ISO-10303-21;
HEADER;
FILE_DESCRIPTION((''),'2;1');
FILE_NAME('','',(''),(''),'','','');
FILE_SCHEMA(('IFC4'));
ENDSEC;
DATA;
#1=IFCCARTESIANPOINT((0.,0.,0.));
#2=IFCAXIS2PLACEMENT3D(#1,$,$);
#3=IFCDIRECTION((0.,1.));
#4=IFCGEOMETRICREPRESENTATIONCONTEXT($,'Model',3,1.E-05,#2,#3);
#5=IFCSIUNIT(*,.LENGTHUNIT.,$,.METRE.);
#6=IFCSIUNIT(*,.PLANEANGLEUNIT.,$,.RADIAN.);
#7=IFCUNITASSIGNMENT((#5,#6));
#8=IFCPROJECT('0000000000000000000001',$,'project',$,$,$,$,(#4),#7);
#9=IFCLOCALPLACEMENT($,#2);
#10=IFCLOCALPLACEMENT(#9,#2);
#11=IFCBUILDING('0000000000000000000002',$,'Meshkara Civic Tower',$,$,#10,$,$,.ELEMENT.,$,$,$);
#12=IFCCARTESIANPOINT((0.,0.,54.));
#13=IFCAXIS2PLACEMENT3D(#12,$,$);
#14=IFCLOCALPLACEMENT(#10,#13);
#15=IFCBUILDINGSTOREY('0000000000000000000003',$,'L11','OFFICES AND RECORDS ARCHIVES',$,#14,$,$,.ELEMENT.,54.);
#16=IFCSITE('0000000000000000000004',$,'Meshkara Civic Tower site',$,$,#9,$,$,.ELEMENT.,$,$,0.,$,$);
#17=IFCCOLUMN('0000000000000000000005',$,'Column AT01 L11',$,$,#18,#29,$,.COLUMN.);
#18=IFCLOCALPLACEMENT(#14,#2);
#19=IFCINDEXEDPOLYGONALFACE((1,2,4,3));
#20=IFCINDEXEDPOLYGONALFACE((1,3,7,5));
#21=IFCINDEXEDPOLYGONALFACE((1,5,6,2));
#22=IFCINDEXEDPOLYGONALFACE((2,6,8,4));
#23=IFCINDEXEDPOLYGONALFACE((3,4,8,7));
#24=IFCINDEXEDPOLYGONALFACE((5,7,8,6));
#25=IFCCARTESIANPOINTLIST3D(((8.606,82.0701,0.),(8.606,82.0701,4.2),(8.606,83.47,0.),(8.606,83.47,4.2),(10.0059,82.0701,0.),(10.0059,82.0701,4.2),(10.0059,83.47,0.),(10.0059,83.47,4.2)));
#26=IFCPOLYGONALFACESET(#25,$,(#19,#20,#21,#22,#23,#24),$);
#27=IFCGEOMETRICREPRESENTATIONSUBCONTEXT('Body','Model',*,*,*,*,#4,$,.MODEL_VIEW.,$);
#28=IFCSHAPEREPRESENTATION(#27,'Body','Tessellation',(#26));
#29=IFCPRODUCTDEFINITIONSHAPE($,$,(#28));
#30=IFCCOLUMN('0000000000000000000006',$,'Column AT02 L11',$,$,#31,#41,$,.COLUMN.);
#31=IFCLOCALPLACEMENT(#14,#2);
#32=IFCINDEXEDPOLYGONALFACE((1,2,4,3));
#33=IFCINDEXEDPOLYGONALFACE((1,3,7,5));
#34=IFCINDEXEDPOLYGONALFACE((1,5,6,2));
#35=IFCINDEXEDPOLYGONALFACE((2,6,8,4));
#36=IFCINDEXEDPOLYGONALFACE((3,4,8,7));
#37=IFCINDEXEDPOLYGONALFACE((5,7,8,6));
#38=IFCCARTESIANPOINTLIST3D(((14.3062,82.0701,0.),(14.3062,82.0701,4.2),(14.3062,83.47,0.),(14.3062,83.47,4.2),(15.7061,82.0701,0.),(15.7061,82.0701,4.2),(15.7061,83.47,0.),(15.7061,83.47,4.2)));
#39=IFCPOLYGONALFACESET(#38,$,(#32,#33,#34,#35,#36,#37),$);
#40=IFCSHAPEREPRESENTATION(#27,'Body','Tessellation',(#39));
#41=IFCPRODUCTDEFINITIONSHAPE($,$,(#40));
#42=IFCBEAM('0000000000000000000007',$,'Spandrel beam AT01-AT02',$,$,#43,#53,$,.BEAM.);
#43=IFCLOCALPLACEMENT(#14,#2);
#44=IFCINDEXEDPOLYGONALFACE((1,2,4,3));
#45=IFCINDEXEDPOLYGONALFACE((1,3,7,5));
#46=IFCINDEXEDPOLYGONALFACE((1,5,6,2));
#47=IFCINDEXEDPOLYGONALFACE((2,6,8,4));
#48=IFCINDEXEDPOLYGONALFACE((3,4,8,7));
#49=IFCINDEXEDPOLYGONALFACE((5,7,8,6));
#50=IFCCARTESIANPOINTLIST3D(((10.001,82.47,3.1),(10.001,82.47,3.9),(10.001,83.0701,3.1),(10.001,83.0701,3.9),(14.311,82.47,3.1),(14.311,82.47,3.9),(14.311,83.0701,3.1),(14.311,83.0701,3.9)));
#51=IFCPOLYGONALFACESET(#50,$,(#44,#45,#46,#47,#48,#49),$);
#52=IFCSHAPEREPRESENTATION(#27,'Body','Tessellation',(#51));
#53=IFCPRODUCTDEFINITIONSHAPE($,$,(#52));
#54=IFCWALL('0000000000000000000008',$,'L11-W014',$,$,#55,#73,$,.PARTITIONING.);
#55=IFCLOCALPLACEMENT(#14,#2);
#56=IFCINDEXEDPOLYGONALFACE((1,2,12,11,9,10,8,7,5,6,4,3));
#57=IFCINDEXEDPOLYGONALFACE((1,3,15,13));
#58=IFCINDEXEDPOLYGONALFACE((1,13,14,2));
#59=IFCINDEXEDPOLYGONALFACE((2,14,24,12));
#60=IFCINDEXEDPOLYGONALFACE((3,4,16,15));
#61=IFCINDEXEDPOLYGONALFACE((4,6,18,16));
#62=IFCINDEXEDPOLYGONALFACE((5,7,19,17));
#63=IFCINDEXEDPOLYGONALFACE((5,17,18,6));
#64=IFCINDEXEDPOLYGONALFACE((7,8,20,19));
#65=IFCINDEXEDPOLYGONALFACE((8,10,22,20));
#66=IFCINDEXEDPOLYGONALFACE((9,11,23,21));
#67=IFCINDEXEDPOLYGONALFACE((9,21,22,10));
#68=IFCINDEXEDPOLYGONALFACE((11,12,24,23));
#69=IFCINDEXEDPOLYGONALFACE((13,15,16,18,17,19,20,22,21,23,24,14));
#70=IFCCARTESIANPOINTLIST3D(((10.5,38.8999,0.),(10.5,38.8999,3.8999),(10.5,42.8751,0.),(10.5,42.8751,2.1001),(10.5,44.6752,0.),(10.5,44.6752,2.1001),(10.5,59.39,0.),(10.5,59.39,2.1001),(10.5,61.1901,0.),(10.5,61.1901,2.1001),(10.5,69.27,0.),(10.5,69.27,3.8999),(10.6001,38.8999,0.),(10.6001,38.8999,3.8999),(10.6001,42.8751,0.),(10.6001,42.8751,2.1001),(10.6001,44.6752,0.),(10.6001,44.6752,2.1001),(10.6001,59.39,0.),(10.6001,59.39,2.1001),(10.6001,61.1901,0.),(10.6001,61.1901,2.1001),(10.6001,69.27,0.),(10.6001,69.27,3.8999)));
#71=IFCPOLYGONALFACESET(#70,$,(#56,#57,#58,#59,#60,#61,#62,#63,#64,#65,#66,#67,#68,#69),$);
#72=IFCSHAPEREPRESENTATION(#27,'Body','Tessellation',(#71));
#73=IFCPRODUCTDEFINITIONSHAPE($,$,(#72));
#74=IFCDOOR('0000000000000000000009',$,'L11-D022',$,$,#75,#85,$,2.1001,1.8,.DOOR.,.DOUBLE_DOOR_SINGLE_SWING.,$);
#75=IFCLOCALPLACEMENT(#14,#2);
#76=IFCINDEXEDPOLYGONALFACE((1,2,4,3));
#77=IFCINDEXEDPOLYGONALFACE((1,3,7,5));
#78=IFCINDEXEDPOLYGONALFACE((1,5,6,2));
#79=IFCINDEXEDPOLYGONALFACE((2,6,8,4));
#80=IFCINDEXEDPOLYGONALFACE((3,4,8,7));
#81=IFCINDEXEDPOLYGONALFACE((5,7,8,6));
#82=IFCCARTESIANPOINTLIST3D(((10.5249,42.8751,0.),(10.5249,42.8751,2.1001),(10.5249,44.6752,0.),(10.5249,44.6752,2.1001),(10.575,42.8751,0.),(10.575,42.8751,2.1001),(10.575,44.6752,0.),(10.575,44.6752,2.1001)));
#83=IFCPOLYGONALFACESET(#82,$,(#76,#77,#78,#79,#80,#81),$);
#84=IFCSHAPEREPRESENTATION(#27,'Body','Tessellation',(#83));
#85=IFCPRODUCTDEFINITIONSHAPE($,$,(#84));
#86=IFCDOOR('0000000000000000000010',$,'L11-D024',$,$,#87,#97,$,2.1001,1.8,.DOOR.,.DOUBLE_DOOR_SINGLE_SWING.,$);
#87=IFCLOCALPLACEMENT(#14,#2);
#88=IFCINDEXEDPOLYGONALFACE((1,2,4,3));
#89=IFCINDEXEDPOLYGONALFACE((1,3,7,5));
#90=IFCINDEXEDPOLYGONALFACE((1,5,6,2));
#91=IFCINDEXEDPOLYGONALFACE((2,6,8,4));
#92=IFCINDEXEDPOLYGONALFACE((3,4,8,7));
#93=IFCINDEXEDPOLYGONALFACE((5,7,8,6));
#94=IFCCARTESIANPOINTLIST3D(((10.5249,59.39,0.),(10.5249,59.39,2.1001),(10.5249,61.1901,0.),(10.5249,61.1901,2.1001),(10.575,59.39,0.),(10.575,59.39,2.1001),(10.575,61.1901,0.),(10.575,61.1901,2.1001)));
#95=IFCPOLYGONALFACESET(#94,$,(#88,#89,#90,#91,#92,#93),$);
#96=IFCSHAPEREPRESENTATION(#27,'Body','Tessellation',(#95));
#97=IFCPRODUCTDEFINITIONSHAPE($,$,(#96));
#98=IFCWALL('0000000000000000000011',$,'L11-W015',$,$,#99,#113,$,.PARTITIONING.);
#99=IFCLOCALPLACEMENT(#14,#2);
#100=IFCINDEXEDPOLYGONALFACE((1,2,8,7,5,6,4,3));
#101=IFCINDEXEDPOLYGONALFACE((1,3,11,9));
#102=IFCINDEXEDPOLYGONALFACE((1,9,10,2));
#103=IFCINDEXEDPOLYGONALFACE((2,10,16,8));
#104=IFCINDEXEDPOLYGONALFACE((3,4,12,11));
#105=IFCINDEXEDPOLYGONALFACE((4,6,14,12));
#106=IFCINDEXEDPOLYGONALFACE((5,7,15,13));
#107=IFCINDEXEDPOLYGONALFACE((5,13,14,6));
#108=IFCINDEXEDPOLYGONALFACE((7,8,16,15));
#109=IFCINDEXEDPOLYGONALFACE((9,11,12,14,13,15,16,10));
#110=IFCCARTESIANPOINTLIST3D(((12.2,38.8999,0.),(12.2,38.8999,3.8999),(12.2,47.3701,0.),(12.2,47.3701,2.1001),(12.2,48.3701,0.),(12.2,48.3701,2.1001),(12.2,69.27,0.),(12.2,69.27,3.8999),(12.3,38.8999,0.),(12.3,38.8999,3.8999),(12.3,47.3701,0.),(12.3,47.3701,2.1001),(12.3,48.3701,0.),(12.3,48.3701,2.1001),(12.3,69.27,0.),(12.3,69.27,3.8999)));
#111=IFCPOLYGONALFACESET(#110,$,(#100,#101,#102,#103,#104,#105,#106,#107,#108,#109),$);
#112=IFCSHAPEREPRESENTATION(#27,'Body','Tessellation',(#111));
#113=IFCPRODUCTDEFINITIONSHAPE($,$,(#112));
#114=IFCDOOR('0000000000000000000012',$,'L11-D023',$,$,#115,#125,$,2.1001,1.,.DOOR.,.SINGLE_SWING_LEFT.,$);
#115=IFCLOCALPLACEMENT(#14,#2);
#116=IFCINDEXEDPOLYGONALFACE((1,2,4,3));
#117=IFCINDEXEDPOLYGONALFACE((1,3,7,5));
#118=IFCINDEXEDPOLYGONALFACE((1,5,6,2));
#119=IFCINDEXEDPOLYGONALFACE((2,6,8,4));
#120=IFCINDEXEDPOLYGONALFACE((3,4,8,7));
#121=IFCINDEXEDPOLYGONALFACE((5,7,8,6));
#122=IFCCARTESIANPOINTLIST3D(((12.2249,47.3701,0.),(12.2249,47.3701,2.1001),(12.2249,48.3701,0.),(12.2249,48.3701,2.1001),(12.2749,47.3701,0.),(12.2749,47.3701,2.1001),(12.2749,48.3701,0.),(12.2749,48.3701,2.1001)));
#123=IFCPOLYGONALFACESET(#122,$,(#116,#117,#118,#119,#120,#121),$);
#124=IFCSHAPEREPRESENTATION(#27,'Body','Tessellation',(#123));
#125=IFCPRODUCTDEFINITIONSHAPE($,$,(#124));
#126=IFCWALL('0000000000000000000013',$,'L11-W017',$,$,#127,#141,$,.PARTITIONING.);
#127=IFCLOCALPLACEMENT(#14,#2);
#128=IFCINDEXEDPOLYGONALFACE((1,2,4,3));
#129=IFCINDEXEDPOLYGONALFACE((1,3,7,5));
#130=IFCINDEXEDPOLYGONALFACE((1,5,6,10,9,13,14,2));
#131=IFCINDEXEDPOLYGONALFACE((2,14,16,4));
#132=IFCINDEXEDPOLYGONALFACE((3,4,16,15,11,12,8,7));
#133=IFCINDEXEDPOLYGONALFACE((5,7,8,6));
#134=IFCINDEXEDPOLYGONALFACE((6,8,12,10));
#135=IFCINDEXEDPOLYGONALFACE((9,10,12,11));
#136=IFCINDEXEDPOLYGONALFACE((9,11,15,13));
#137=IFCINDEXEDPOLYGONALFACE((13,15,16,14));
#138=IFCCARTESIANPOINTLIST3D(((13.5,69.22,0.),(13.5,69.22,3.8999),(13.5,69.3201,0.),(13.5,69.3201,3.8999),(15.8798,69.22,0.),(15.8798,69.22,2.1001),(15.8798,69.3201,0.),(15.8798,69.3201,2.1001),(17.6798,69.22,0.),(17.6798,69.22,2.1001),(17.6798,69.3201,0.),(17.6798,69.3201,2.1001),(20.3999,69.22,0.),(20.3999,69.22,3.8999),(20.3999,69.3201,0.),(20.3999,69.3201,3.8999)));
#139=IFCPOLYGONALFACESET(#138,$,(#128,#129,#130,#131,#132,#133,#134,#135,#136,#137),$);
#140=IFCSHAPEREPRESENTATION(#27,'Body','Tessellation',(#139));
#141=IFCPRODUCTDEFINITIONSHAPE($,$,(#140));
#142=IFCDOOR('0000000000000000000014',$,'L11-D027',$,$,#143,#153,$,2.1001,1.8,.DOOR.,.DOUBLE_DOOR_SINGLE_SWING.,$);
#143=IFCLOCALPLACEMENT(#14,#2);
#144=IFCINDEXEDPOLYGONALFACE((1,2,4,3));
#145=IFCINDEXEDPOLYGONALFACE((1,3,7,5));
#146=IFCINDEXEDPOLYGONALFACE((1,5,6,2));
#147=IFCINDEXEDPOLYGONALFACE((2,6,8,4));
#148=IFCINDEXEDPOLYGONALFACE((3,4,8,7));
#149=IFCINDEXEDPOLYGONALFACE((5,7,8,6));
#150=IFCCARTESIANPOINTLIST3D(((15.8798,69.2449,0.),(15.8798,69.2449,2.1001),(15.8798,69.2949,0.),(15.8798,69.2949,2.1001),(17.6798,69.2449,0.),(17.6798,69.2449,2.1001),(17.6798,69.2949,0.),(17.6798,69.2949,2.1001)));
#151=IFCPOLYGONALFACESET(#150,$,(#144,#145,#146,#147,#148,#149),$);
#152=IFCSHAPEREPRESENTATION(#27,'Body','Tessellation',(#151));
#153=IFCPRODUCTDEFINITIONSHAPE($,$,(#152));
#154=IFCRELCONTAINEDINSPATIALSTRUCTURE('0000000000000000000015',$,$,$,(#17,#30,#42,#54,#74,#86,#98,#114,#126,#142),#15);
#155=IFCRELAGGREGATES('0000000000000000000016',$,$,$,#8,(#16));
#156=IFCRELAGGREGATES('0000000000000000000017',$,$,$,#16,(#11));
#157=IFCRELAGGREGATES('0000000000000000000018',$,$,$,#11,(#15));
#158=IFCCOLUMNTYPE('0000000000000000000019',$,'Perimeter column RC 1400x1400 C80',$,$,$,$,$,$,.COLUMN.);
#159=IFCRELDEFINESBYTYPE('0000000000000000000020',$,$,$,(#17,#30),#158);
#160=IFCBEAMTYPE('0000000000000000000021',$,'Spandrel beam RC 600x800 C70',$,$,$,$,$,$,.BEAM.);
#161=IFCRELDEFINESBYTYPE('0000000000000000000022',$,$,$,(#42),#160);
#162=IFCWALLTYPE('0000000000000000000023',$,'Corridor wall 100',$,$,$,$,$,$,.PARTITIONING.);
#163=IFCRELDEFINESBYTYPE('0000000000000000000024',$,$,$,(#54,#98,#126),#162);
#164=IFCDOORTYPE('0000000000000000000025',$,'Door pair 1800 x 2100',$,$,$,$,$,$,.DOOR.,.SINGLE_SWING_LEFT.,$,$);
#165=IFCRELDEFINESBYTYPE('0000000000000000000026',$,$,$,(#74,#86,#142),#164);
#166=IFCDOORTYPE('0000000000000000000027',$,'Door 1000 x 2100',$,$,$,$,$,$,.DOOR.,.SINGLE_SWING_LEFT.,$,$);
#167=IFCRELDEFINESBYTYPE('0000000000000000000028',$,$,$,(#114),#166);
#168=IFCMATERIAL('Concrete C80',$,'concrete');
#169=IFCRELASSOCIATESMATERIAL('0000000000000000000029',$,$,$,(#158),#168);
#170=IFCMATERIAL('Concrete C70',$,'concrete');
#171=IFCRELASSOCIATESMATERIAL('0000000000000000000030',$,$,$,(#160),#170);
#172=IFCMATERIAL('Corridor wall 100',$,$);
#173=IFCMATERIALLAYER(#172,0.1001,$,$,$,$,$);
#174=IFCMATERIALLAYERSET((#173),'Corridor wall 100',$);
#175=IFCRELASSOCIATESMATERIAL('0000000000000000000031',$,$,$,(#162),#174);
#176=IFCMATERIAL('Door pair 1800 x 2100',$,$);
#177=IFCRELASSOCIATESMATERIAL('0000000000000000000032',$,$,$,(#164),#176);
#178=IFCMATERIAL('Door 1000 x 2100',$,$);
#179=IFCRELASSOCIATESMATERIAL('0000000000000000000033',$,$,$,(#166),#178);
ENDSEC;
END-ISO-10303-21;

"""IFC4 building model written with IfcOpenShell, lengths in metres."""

from ifc_helpers import new_model, si_unit, direction, frame, frame_2d, origin, origin_2d, place, context, subcontext, project, spatial, rectangle, extrude, material, layer, layer_set, material_profile, profile_set, type_object, element, fill, save


model = new_model("IFC4")

# Units and contexts
model_context = context("Model", 3, precision=1e-05, world=origin(), true_north=direction((0.0, 1.0)))
body_context = subcontext(model_context, "Body", "Model", "MODEL_VIEW")
ifc_project = project(units=[si_unit("LENGTHUNIT", "METRE"), si_unit("PLANEANGLEUNIT", "RADIAN")], contexts=[model_context])

# Site, building, storey
site_placement = place(None, origin())
site = spatial("IfcSite", under=ifc_project, at=site_placement, Name="Meshkara Civic Tower site", CompositionType="ELEMENT", RefElevation=0.0)
building_placement = place(site_placement, origin())
building = spatial("IfcBuilding", under=site, at=building_placement, Name="Meshkara Civic Tower", CompositionType="ELEMENT")
storey_placement = place(building_placement, frame((0.0, 0.0, 54.0)))
storey = spatial("IfcBuildingStorey", under=building, at=storey_placement, Name="L11", Description="OFFICES AND RECORDS ARCHIVES", CompositionType="ELEMENT", Elevation=54.0)

# Columns
ifc_material_1 = material(Name="Concrete C80", Category="concrete")
ifc_material_profile_1 = material_profile(ifc_material_1, rectangle(XDim=1.3999, YDim=1.3999, at=origin_2d()))
ifc_profile_set_1 = profile_set([ifc_material_profile_1], Name="Concrete C80")
column_type = type_object("IfcColumnType", Name="Perimeter column RC 1400x1400 C80", PredefinedType="COLUMN", material=ifc_profile_set_1)
for number, where, z_axis, x_axis, name in (
    (1, (9.3059, 82.77, 0.0), (0.0, 0.0, 1.0), (1.0, 0.0, 0.0), "Column AT01 L11"),
    (2, (15.0061, 82.77, 0.0), (0.0, 0.0, 1.0), (1.0, 0.0, 0.0), "Column AT02 L11"),
):
    element("IfcColumn", number, at=place(storey_placement, frame(where, z_axis=z_axis, x_axis=x_axis)), inside=storey, type_object=column_type, Name=name, PredefinedType="COLUMN", context=body_context, shape_type="SweptSolid", body=[
        extrude(rectangle(XDim=1.3999, YDim=1.3999, at=origin_2d()), origin(), (0.0, 0.0, 1.0), 4.2),
    ])

# Beam
ifc_material_2 = material(Name="Concrete C70", Category="concrete")
ifc_material_profile_2 = material_profile(ifc_material_2, rectangle(XDim=0.6001, YDim=0.8, at=origin_2d()))
ifc_profile_set_2 = profile_set([ifc_material_profile_2], Name="Concrete C70")
beam_type = type_object("IfcBeamType", Name="Spandrel beam RC 600x800 C70", PredefinedType="BEAM", material=ifc_profile_set_2)
beam_placement = place(storey_placement, frame((14.311, 82.77, 3.5), z_axis=(-1.0, 0.0, 0.0), x_axis=(0.0, -1.0, 0.0)))
element("IfcBeam", 3, at=beam_placement, inside=storey, type_object=beam_type, Name="Spandrel beam AT01-AT02", PredefinedType="BEAM", context=body_context, shape_type="SweptSolid", body=[
    extrude(rectangle(XDim=0.6001, YDim=0.8, at=origin_2d()), origin(), (0.0, 0.0, 1.0), 4.3101),
])

# Wall, openings, doors
ifc_material_3 = material(Name="Corridor wall 100")
ifc_layer_1 = layer(ifc_material_3, 0.1001)
ifc_layer_set_1 = layer_set([ifc_layer_1], Name="Corridor wall 100")
wall_type_1 = type_object("IfcWallType", Name="Corridor wall 100", PredefinedType="PARTITIONING", material=ifc_layer_set_1)
wall_1_placement = place(storey_placement, frame((10.55, 69.27, 0.0), z_axis=(0.0, 0.0, 1.0), x_axis=(0.0, -1.0, 0.0)))
wall_1 = element("IfcWall", 4, at=wall_1_placement, inside=storey, type_object=wall_type_1, Name="L11-W014", PredefinedType="PARTITIONING", context=body_context, shape_type="SweptSolid", body=[
    extrude(rectangle(XDim=30.3701, YDim=0.1001, at=frame_2d((15.1851, 0.0))), origin(), (0.0, 0.0, 1.0), 3.8999),
])
opening_1_placement = place(wall_1_placement, frame((24.595, 0.0, 0.0)))
opening_1 = element("IfcOpeningElement", 5, at=opening_1_placement, cuts=wall_1, PredefinedType="OPENING", context=body_context, shape_type="SweptSolid", body=[
    extrude(rectangle(XDim=1.8, YDim=2.1001, at=frame_2d((0.8999, 1.05))), frame((0.0, 0.0601, 0.0), z_axis=(0.0, -1.0, 0.0), x_axis=(1.0, 0.0, 0.0)), (0.0, 0.0, 1.0), 0.1201),
])
opening_2_placement = place(wall_1_placement, frame((8.0801, 0.0, 0.0)))
opening_2 = element("IfcOpeningElement", 6, at=opening_2_placement, cuts=wall_1, PredefinedType="OPENING", context=body_context, shape_type="SweptSolid", body=[
    extrude(rectangle(XDim=1.8, YDim=2.1001, at=frame_2d((0.8999, 1.05))), frame((0.0, 0.0601, 0.0), z_axis=(0.0, -1.0, 0.0), x_axis=(1.0, 0.0, 0.0)), (0.0, 0.0, 1.0), 0.1201),
])
ifc_material_4 = material(Name="Door pair 1800 x 2100")
door_type_1 = type_object("IfcDoorType", Name="Door pair 1800 x 2100", OperationType="SINGLE_SWING_LEFT", PredefinedType="DOOR", material=ifc_material_4)
door_1_placement = place(opening_1_placement, origin())
door_1 = element("IfcDoor", 7, at=door_1_placement, inside=storey, type_object=door_type_1, Name="L11-D022", OperationType="DOUBLE_DOOR_SINGLE_SWING", OverallHeight=2.1001, OverallWidth=1.8, PredefinedType="DOOR", context=body_context, shape_type="SweptSolid", body=[
    extrude(rectangle(XDim=1.8, YDim=2.1001, at=frame_2d((0.8999, 1.05))), frame((0.0, 0.0249, 0.0), z_axis=(0.0, -1.0, 0.0), x_axis=(1.0, 0.0, 0.0)), (0.0, 0.0, 1.0), 0.05),
])
fill(opening_1, door_1)
door_2_placement = place(opening_2_placement, origin())
door_2 = element("IfcDoor", 8, at=door_2_placement, inside=storey, type_object=door_type_1, Name="L11-D024", OperationType="DOUBLE_DOOR_SINGLE_SWING", OverallHeight=2.1001, OverallWidth=1.8, PredefinedType="DOOR", context=body_context, shape_type="SweptSolid", body=[
    extrude(rectangle(XDim=1.8, YDim=2.1001, at=frame_2d((0.8999, 1.05))), frame((0.0, 0.0249, 0.0), z_axis=(0.0, -1.0, 0.0), x_axis=(1.0, 0.0, 0.0)), (0.0, 0.0, 1.0), 0.05),
])
fill(opening_2, door_2)

# Walls, openings, doors
wall_2_placement = place(storey_placement, frame((12.25, 69.27, 0.0), z_axis=(0.0, 0.0, 1.0), x_axis=(0.0, -1.0, 0.0)))
wall_2 = element("IfcWall", 9, at=wall_2_placement, inside=storey, type_object=wall_type_1, Name="L11-W015", PredefinedType="PARTITIONING", context=body_context, shape_type="SweptSolid", body=[
    extrude(rectangle(XDim=30.3701, YDim=0.1001, at=frame_2d((15.1851, 0.0))), origin(), (0.0, 0.0, 1.0), 3.8999),
])
opening_3_placement = place(wall_2_placement, frame((20.8999, 0.0, 0.0)))
opening_3 = element("IfcOpeningElement", 10, at=opening_3_placement, cuts=wall_2, PredefinedType="OPENING", context=body_context, shape_type="SweptSolid", body=[
    extrude(rectangle(XDim=1.0, YDim=2.1001, at=frame_2d((0.5, 1.05))), frame((0.0, 0.0601, 0.0), z_axis=(0.0, -1.0, 0.0), x_axis=(1.0, 0.0, 0.0)), (0.0, 0.0, 1.0), 0.1201),
])
ifc_material_5 = material(Name="Door 1000 x 2100")
door_type_2 = type_object("IfcDoorType", Name="Door 1000 x 2100", OperationType="SINGLE_SWING_LEFT", PredefinedType="DOOR", material=ifc_material_5)
door_3_placement = place(opening_3_placement, origin())
door_3 = element("IfcDoor", 11, at=door_3_placement, inside=storey, type_object=door_type_2, Name="L11-D023", OperationType="SINGLE_SWING_LEFT", OverallHeight=2.1001, OverallWidth=1.0, PredefinedType="DOOR", context=body_context, shape_type="SweptSolid", body=[
    extrude(rectangle(XDim=1.0, YDim=2.1001, at=frame_2d((0.5, 1.05))), frame((0.0, 0.0249, 0.0), z_axis=(0.0, -1.0, 0.0), x_axis=(1.0, 0.0, 0.0)), (0.0, 0.0, 1.0), 0.05),
])
fill(opening_3, door_3)
wall_3_placement = place(storey_placement, frame((13.5, 69.27, 0.0), z_axis=(0.0, 0.0, 1.0), x_axis=(1.0, 0.0, 0.0)))
wall_3 = element("IfcWall", 12, at=wall_3_placement, inside=storey, type_object=wall_type_1, Name="L11-W017", PredefinedType="PARTITIONING", context=body_context, shape_type="SweptSolid", body=[
    extrude(rectangle(XDim=6.8999, YDim=0.1001, at=frame_2d((3.45, 0.0))), origin(), (0.0, 0.0, 1.0), 3.8999),
])
opening_4_placement = place(wall_3_placement, frame((2.3799, 0.0, 0.0)))
opening_4 = element("IfcOpeningElement", 13, at=opening_4_placement, cuts=wall_3, PredefinedType="OPENING", context=body_context, shape_type="SweptSolid", body=[
    extrude(rectangle(XDim=1.8, YDim=2.1001, at=frame_2d((0.8999, 1.05))), frame((0.0, 0.0601, 0.0), z_axis=(0.0, -1.0, 0.0), x_axis=(1.0, 0.0, 0.0)), (0.0, 0.0, 1.0), 0.1201),
])
door_4_placement = place(opening_4_placement, origin())
door_4 = element("IfcDoor", 14, at=door_4_placement, inside=storey, type_object=door_type_1, Name="L11-D027", OperationType="DOUBLE_DOOR_SINGLE_SWING", OverallHeight=2.1001, OverallWidth=1.8, PredefinedType="DOOR", context=body_context, shape_type="SweptSolid", body=[
    extrude(rectangle(XDim=1.8, YDim=2.1001, at=frame_2d((0.8999, 1.05))), frame((0.0, 0.0249, 0.0), z_axis=(0.0, -1.0, 0.0), x_axis=(1.0, 0.0, 0.0)), (0.0, 0.0, 1.0), 0.05),
])
fill(opening_4, door_4)

save(model, "model.ifc")
